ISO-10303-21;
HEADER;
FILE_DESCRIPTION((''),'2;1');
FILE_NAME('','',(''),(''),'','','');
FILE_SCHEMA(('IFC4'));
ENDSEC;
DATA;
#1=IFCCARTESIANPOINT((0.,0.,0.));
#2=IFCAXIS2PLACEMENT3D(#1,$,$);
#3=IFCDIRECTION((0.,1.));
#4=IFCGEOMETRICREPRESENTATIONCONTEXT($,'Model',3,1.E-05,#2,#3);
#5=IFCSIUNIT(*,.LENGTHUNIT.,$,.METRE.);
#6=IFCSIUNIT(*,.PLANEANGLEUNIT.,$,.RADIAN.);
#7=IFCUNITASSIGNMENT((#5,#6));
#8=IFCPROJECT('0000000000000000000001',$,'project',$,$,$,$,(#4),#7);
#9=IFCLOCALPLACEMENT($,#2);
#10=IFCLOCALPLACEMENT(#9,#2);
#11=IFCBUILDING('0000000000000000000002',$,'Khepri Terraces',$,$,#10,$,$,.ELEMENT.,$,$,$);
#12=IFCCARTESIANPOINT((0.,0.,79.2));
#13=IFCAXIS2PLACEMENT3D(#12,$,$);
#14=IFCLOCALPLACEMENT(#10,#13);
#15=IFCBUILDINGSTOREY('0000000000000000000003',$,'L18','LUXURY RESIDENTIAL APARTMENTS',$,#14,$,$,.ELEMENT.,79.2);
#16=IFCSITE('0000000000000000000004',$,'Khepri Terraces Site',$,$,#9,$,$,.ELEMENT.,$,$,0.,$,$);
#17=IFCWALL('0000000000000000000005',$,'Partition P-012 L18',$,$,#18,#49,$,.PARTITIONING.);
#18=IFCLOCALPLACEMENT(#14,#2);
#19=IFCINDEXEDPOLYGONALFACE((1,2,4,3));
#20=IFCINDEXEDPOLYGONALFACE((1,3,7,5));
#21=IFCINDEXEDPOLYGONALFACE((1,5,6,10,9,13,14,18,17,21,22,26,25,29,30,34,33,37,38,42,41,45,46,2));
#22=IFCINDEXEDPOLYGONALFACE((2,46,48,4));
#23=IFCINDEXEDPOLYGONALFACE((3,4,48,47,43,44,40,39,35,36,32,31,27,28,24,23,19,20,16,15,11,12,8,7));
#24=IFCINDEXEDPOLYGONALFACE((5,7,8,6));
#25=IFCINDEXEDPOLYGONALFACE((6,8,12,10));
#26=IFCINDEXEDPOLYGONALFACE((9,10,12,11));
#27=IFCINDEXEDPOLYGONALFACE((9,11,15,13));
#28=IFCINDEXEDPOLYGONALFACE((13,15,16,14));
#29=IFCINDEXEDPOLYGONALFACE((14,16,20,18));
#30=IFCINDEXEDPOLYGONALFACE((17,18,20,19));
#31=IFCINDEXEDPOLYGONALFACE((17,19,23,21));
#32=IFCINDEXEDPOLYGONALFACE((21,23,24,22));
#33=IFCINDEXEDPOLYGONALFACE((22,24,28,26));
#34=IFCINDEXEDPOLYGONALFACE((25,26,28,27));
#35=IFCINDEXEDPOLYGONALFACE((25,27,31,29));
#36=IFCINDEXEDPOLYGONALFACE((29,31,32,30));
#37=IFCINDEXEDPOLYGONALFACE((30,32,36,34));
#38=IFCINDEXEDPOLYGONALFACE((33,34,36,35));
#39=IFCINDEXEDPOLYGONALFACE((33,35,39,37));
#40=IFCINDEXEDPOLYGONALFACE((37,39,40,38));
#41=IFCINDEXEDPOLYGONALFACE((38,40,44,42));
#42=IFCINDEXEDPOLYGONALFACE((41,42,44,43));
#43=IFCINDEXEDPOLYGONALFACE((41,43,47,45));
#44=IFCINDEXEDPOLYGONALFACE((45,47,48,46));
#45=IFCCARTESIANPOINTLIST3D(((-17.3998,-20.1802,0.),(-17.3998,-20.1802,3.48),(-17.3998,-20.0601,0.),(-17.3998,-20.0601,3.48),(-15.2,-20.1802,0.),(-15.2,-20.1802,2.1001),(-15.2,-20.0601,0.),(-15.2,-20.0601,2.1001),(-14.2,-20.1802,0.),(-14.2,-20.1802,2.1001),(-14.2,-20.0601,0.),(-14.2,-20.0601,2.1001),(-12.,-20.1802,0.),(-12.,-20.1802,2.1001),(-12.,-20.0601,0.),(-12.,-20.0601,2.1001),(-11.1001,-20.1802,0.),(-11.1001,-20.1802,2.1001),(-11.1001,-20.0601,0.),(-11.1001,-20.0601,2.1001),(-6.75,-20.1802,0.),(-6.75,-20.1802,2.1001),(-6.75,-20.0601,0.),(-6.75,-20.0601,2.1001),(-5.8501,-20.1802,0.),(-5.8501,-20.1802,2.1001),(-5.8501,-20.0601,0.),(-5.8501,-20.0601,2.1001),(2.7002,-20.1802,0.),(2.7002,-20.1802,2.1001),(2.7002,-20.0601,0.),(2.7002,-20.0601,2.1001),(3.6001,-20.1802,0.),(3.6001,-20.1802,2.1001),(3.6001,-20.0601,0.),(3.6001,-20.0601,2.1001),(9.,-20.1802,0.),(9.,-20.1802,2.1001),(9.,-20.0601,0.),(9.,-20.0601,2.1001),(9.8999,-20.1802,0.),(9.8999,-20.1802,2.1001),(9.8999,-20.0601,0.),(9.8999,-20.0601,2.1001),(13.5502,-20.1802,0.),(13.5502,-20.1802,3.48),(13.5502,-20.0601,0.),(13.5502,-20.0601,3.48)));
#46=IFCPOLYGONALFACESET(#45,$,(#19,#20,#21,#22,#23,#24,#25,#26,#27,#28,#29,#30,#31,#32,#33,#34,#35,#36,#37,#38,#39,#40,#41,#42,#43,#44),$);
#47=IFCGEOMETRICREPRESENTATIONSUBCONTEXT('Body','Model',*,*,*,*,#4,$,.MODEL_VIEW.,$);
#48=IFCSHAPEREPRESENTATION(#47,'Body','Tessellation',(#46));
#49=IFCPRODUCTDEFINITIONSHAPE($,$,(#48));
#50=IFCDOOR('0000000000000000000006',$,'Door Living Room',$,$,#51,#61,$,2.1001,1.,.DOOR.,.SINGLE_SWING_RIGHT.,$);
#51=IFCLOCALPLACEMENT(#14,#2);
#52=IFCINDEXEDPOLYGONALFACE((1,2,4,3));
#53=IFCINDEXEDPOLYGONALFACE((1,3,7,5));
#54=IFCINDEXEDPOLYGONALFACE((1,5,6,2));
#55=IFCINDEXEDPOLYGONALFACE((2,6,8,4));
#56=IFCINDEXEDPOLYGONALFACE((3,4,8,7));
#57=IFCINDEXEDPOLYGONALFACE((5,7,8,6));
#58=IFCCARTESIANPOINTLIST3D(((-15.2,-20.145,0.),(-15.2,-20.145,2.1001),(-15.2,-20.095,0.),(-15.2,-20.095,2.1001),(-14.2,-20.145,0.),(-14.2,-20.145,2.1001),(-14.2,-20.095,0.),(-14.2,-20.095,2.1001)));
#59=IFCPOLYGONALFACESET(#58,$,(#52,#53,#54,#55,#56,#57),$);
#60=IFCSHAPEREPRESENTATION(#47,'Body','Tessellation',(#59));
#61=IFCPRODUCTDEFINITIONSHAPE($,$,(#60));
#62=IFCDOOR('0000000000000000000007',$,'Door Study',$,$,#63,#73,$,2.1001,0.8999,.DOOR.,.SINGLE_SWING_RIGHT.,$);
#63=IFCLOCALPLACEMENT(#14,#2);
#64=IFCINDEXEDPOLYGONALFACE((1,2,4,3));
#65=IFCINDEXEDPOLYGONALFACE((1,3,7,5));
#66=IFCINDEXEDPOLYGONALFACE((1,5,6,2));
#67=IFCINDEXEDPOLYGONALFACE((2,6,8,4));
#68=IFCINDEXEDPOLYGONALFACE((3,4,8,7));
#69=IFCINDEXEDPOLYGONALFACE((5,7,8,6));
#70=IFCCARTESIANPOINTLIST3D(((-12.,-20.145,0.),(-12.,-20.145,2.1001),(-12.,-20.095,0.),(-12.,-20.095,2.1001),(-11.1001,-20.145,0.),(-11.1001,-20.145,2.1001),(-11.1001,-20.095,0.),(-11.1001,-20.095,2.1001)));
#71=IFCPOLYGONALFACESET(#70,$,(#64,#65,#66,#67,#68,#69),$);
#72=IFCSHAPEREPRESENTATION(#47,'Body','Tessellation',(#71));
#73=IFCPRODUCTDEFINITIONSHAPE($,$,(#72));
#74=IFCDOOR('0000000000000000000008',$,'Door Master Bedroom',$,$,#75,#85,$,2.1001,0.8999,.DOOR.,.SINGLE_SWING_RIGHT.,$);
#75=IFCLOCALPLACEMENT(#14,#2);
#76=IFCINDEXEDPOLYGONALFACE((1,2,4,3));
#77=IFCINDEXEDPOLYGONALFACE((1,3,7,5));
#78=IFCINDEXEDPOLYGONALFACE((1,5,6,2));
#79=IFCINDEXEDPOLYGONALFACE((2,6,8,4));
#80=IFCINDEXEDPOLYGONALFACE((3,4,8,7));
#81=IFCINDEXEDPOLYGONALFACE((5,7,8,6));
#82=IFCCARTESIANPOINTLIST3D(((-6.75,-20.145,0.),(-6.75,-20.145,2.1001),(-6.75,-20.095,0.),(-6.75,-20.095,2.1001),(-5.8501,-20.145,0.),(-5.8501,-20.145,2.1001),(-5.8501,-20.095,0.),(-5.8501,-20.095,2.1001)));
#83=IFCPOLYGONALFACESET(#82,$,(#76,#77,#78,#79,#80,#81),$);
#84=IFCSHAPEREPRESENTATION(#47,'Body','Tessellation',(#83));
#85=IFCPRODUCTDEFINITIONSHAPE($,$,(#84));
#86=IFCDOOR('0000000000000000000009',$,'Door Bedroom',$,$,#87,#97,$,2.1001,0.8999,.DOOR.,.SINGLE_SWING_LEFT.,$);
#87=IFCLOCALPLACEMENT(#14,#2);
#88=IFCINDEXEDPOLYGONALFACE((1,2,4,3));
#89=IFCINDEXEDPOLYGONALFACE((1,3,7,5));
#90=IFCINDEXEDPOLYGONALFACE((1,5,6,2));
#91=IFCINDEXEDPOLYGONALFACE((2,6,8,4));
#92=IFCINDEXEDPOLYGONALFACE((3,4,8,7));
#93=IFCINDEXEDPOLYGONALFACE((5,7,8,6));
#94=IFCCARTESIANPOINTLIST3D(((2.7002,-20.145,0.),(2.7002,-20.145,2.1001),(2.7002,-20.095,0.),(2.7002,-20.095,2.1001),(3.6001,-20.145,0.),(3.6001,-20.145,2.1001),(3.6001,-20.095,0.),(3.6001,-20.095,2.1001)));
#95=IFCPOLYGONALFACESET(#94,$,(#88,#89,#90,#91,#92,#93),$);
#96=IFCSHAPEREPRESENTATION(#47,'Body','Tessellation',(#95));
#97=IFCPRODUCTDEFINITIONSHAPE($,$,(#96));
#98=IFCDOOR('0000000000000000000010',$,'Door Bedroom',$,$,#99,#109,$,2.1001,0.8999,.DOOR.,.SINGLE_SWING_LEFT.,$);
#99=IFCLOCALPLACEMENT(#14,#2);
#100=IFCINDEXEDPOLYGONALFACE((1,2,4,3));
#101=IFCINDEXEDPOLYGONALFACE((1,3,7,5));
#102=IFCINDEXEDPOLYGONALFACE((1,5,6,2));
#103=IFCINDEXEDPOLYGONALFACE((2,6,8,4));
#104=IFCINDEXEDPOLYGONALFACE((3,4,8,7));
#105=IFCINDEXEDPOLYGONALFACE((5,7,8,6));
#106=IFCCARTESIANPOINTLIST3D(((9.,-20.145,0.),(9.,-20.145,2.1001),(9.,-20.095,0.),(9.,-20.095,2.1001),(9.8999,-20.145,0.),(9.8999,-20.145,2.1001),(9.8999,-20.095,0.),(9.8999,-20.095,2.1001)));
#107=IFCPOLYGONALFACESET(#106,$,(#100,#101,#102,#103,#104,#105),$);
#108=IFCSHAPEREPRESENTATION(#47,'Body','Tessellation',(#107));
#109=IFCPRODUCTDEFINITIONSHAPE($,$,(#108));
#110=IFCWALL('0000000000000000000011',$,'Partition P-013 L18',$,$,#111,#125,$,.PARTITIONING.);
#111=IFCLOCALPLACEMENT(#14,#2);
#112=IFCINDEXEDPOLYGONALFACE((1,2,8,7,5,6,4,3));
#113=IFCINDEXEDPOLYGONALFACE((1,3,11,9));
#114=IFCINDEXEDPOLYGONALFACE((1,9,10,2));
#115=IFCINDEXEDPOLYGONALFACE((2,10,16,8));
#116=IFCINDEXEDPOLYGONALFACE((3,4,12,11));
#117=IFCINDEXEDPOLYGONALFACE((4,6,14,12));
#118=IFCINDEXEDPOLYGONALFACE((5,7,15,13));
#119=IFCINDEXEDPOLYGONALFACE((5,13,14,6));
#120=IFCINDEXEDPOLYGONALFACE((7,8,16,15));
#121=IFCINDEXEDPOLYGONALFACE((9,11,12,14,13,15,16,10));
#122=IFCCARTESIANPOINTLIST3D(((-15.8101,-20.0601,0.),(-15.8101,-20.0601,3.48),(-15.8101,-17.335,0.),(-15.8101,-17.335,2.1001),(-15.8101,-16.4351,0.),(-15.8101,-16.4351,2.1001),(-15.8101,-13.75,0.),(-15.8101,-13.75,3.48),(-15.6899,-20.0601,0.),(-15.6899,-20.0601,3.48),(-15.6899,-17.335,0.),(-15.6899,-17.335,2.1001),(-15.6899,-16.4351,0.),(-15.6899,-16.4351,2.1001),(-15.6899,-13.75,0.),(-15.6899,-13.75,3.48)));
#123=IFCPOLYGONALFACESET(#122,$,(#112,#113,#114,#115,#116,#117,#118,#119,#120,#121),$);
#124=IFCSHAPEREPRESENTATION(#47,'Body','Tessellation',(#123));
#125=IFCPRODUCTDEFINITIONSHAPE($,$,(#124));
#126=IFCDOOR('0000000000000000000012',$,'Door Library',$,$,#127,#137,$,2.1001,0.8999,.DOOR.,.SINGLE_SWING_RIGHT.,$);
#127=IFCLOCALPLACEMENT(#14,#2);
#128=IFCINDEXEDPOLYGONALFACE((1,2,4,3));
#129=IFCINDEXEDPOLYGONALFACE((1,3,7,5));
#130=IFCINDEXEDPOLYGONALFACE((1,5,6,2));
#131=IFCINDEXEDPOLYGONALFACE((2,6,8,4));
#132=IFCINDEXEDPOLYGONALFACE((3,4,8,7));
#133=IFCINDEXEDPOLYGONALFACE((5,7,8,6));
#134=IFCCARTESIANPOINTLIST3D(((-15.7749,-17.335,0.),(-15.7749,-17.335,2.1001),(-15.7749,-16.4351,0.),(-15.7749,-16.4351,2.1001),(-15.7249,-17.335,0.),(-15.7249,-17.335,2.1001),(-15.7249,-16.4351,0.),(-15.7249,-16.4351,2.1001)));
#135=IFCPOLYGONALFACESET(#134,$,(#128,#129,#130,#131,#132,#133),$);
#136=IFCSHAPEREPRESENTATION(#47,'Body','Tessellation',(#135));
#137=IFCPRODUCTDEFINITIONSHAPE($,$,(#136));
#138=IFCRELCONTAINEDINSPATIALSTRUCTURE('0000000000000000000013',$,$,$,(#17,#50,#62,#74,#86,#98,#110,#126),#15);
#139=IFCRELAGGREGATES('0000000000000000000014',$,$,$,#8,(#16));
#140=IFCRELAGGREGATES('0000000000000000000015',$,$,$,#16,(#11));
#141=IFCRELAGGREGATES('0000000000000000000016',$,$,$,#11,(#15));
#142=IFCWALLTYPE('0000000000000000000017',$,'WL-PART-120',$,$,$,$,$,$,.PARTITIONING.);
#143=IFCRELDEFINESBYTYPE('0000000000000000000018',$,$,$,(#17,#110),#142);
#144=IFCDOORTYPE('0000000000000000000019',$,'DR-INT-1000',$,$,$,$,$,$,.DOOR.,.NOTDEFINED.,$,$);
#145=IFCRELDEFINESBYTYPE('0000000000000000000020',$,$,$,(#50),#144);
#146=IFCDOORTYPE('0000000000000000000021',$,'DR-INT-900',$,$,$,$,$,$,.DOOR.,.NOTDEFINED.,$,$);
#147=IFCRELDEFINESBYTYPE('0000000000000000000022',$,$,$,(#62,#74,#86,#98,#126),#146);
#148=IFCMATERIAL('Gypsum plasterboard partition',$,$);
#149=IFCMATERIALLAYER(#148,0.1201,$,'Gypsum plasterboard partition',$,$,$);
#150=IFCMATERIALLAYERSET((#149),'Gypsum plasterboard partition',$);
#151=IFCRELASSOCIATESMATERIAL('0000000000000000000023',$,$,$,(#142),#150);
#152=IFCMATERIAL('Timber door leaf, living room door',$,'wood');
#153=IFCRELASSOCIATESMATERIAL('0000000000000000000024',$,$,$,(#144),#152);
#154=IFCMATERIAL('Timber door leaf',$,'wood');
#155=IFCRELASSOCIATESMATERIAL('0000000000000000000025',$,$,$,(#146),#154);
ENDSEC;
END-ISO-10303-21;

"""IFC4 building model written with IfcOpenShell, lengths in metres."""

from ifc_helpers import new_model, si_unit, direction, frame, frame_2d, origin, place, context, subcontext, project, spatial, rectangle, extrude, material, layer, layer_set, type_object, element, fill, save


model = new_model("IFC4")

# Units and contexts
model_context = context("Model", 3, precision=1e-05, world=origin(), true_north=direction((0.0, 1.0)))
body_context = subcontext(model_context, "Body", "Model", "MODEL_VIEW")
ifc_project = project(units=[si_unit("LENGTHUNIT", "METRE"), si_unit("PLANEANGLEUNIT", "RADIAN")], contexts=[model_context])

# Site, building, storey
site_placement = place(None, origin())
site = spatial("IfcSite", under=ifc_project, at=site_placement, Name="Khepri Terraces Site", CompositionType="ELEMENT", RefElevation=0.0)
building_placement = place(site_placement, origin())
building = spatial("IfcBuilding", under=site, at=building_placement, Name="Khepri Terraces", CompositionType="ELEMENT")
storey_placement = place(building_placement, frame((0.0, 0.0, 79.2)))
storey = spatial("IfcBuildingStorey", under=building, at=storey_placement, Name="L18", Description="LUXURY RESIDENTIAL APARTMENTS", CompositionType="ELEMENT", Elevation=79.2)

# Shared definitions
ifc_material_1 = material(Name="Gypsum plasterboard partition")
ifc_layer_1 = layer(ifc_material_1, 0.1201, Name="Gypsum plasterboard partition")
ifc_layer_set_1 = layer_set([ifc_layer_1], Name="Gypsum plasterboard partition")
wall_type_1 = type_object("IfcWallType", Name="WL-PART-120", PredefinedType="PARTITIONING", material=ifc_layer_set_1)

# Wall, openings, doors
wall_1_placement = place(storey_placement, frame((-17.3999, -20.1201, 0.0), z_axis=(0.0, 0.0, 1.0), x_axis=(1.0, 0.0, 0.0)))
wall_1 = element("IfcWall", 1, at=wall_1_placement, inside=storey, type_object=wall_type_1, Name="Partition P-012 L18", PredefinedType="PARTITIONING", context=body_context, shape_type="SweptSolid", body=[
    extrude(rectangle(XDim=30.95, YDim=0.1201, at=frame_2d((15.4751, 0.0))), origin(), (0.0, 0.0, 1.0), 3.48),
])
opening_1_placement = place(wall_1_placement, frame((2.2, 0.0, 0.0)))
opening_1 = element("IfcOpeningElement", 2, at=opening_1_placement, cuts=wall_1, PredefinedType="OPENING", context=body_context, shape_type="SweptSolid", body=[
    extrude(rectangle(XDim=1.0, YDim=2.1001, at=frame_2d((0.5, 1.05))), frame((0.0, 0.0701, 0.0), z_axis=(0.0, -1.0, 0.0), x_axis=(1.0, 0.0, 0.0)), (0.0, 0.0, 1.0), 0.1401),
])
opening_2_placement = place(wall_1_placement, frame((5.3999, 0.0, 0.0)))
opening_2 = element("IfcOpeningElement", 3, at=opening_2_placement, cuts=wall_1, PredefinedType="OPENING", context=body_context, shape_type="SweptSolid", body=[
    extrude(rectangle(XDim=0.8999, YDim=2.1001, at=frame_2d((0.45, 1.05))), frame((0.0, 0.0701, 0.0), z_axis=(0.0, -1.0, 0.0), x_axis=(1.0, 0.0, 0.0)), (0.0, 0.0, 1.0), 0.1401),
])
opening_3_placement = place(wall_1_placement, frame((10.6499, 0.0, 0.0)))
opening_3 = element("IfcOpeningElement", 4, at=opening_3_placement, cuts=wall_1, PredefinedType="OPENING", context=body_context, shape_type="SweptSolid", body=[
    extrude(rectangle(XDim=0.8999, YDim=2.1001, at=frame_2d((0.45, 1.05))), frame((0.0, 0.0701, 0.0), z_axis=(0.0, -1.0, 0.0), x_axis=(1.0, 0.0, 0.0)), (0.0, 0.0, 1.0), 0.1401),
])
opening_4_placement = place(wall_1_placement, frame((20.1001, 0.0, 0.0)))
opening_4 = element("IfcOpeningElement", 5, at=opening_4_placement, cuts=wall_1, PredefinedType="OPENING", context=body_context, shape_type="SweptSolid", body=[
    extrude(rectangle(XDim=0.8999, YDim=2.1001, at=frame_2d((0.45, 1.05))), frame((0.0, 0.0701, 0.0), z_axis=(0.0, -1.0, 0.0), x_axis=(1.0, 0.0, 0.0)), (0.0, 0.0, 1.0), 0.1401),
])
opening_5_placement = place(wall_1_placement, frame((26.3999, 0.0, 0.0)))
opening_5 = element("IfcOpeningElement", 6, at=opening_5_placement, cuts=wall_1, PredefinedType="OPENING", context=body_context, shape_type="SweptSolid", body=[
    extrude(rectangle(XDim=0.8999, YDim=2.1001, at=frame_2d((0.45, 1.05))), frame((0.0, 0.0701, 0.0), z_axis=(0.0, -1.0, 0.0), x_axis=(1.0, 0.0, 0.0)), (0.0, 0.0, 1.0), 0.1401),
])
ifc_material_2 = material(Name="Timber door leaf, living room door", Category="wood")
door_type_1 = type_object("IfcDoorType", Name="DR-INT-1000", OperationType="NOTDEFINED", PredefinedType="DOOR", material=ifc_material_2)
door_1_placement = place(opening_1_placement, frame((1.0, 0.0, 0.0), z_axis=(0.0, 0.0, 1.0), x_axis=(-1.0, 0.0, 0.0)))
door_1 = element("IfcDoor", 7, at=door_1_placement, inside=storey, type_object=door_type_1, Name="Door Living Room", OperationType="SINGLE_SWING_RIGHT", OverallHeight=2.1001, OverallWidth=1.0, PredefinedType="DOOR", context=body_context, shape_type="SweptSolid", body=[
    extrude(rectangle(XDim=1.0, YDim=2.1001, at=frame_2d((0.5, 1.05))), frame((0.0, 0.0249, 0.0), z_axis=(0.0, -1.0, 0.0), x_axis=(1.0, 0.0, 0.0)), (0.0, 0.0, 1.0), 0.05),
])
fill(opening_1, door_1)
ifc_material_3 = material(Name="Timber door leaf", Category="wood")
door_type_2 = type_object("IfcDoorType", Name="DR-INT-900", OperationType="NOTDEFINED", PredefinedType="DOOR", material=ifc_material_3)
door_2_placement = place(opening_2_placement, frame((0.8999, 0.0, 0.0), z_axis=(0.0, 0.0, 1.0), x_axis=(-1.0, 0.0, 0.0)))
door_2 = element("IfcDoor", 8, at=door_2_placement, inside=storey, type_object=door_type_2, Name="Door Study", OperationType="SINGLE_SWING_RIGHT", OverallHeight=2.1001, OverallWidth=0.8999, PredefinedType="DOOR", context=body_context, shape_type="SweptSolid", body=[
    extrude(rectangle(XDim=0.8999, YDim=2.1001, at=frame_2d((0.45, 1.05))), frame((0.0, 0.0249, 0.0), z_axis=(0.0, -1.0, 0.0), x_axis=(1.0, 0.0, 0.0)), (0.0, 0.0, 1.0), 0.05),
])
fill(opening_2, door_2)
door_3_placement = place(opening_3_placement, frame((0.8999, 0.0, 0.0), z_axis=(0.0, 0.0, 1.0), x_axis=(-1.0, 0.0, 0.0)))
door_3 = element("IfcDoor", 9, at=door_3_placement, inside=storey, type_object=door_type_2, Name="Door Master Bedroom", OperationType="SINGLE_SWING_RIGHT", OverallHeight=2.1001, OverallWidth=0.8999, PredefinedType="DOOR", context=body_context, shape_type="SweptSolid", body=[
    extrude(rectangle(XDim=0.8999, YDim=2.1001, at=frame_2d((0.45, 1.05))), frame((0.0, 0.0249, 0.0), z_axis=(0.0, -1.0, 0.0), x_axis=(1.0, 0.0, 0.0)), (0.0, 0.0, 1.0), 0.05),
])
fill(opening_3, door_3)
door_4_placement = place(opening_4_placement, frame((0.8999, 0.0, 0.0), z_axis=(0.0, 0.0, 1.0), x_axis=(-1.0, 0.0, 0.0)))
door_4 = element("IfcDoor", 10, at=door_4_placement, inside=storey, type_object=door_type_2, Name="Door Bedroom", OperationType="SINGLE_SWING_LEFT", OverallHeight=2.1001, OverallWidth=0.8999, PredefinedType="DOOR", context=body_context, shape_type="SweptSolid", body=[
    extrude(rectangle(XDim=0.8999, YDim=2.1001, at=frame_2d((0.45, 1.05))), frame((0.0, 0.0249, 0.0), z_axis=(0.0, -1.0, 0.0), x_axis=(1.0, 0.0, 0.0)), (0.0, 0.0, 1.0), 0.05),
])
fill(opening_4, door_4)
door_5_placement = place(opening_5_placement, frame((0.8999, 0.0, 0.0), z_axis=(0.0, 0.0, 1.0), x_axis=(-1.0, 0.0, 0.0)))
door_5 = element("IfcDoor", 11, at=door_5_placement, inside=storey, type_object=door_type_2, Name="Door Bedroom", OperationType="SINGLE_SWING_LEFT", OverallHeight=2.1001, OverallWidth=0.8999, PredefinedType="DOOR", context=body_context, shape_type="SweptSolid", body=[
    extrude(rectangle(XDim=0.8999, YDim=2.1001, at=frame_2d((0.45, 1.05))), frame((0.0, 0.0249, 0.0), z_axis=(0.0, -1.0, 0.0), x_axis=(1.0, 0.0, 0.0)), (0.0, 0.0, 1.0), 0.05),
])
fill(opening_5, door_5)

# Wall, opening, door
wall_2_placement = place(storey_placement, frame((-15.75, -20.0601, 0.0), z_axis=(0.0, 0.0, 1.0), x_axis=(0.0, 1.0, 0.0)))
wall_2 = element("IfcWall", 12, at=wall_2_placement, inside=storey, type_object=wall_type_1, Name="Partition P-013 L18", PredefinedType="PARTITIONING", context=body_context, shape_type="SweptSolid", body=[
    extrude(rectangle(XDim=6.3101, YDim=0.1201, at=frame_2d((3.155, 0.0))), origin(), (0.0, 0.0, 1.0), 3.48),
])
opening_6_placement = place(wall_2_placement, frame((2.7251, 0.0, 0.0)))
opening_6 = element("IfcOpeningElement", 13, at=opening_6_placement, cuts=wall_2, PredefinedType="OPENING", context=body_context, shape_type="SweptSolid", body=[
    extrude(rectangle(XDim=0.8999, YDim=2.1001, at=frame_2d((0.45, 1.05))), frame((0.0, 0.0701, 0.0), z_axis=(0.0, -1.0, 0.0), x_axis=(1.0, 0.0, 0.0)), (0.0, 0.0, 1.0), 0.1401),
])
door_6_placement = place(opening_6_placement, origin())
door_6 = element("IfcDoor", 14, at=door_6_placement, inside=storey, type_object=door_type_2, Name="Door Library", OperationType="SINGLE_SWING_RIGHT", OverallHeight=2.1001, OverallWidth=0.8999, PredefinedType="DOOR", context=body_context, shape_type="SweptSolid", body=[
    extrude(rectangle(XDim=0.8999, YDim=2.1001, at=frame_2d((0.45, 1.05))), frame((0.0, 0.0249, 0.0), z_axis=(0.0, -1.0, 0.0), x_axis=(1.0, 0.0, 0.0)), (0.0, 0.0, 1.0), 0.05),
])
fill(opening_6, door_6)

save(model, "model.ifc")
